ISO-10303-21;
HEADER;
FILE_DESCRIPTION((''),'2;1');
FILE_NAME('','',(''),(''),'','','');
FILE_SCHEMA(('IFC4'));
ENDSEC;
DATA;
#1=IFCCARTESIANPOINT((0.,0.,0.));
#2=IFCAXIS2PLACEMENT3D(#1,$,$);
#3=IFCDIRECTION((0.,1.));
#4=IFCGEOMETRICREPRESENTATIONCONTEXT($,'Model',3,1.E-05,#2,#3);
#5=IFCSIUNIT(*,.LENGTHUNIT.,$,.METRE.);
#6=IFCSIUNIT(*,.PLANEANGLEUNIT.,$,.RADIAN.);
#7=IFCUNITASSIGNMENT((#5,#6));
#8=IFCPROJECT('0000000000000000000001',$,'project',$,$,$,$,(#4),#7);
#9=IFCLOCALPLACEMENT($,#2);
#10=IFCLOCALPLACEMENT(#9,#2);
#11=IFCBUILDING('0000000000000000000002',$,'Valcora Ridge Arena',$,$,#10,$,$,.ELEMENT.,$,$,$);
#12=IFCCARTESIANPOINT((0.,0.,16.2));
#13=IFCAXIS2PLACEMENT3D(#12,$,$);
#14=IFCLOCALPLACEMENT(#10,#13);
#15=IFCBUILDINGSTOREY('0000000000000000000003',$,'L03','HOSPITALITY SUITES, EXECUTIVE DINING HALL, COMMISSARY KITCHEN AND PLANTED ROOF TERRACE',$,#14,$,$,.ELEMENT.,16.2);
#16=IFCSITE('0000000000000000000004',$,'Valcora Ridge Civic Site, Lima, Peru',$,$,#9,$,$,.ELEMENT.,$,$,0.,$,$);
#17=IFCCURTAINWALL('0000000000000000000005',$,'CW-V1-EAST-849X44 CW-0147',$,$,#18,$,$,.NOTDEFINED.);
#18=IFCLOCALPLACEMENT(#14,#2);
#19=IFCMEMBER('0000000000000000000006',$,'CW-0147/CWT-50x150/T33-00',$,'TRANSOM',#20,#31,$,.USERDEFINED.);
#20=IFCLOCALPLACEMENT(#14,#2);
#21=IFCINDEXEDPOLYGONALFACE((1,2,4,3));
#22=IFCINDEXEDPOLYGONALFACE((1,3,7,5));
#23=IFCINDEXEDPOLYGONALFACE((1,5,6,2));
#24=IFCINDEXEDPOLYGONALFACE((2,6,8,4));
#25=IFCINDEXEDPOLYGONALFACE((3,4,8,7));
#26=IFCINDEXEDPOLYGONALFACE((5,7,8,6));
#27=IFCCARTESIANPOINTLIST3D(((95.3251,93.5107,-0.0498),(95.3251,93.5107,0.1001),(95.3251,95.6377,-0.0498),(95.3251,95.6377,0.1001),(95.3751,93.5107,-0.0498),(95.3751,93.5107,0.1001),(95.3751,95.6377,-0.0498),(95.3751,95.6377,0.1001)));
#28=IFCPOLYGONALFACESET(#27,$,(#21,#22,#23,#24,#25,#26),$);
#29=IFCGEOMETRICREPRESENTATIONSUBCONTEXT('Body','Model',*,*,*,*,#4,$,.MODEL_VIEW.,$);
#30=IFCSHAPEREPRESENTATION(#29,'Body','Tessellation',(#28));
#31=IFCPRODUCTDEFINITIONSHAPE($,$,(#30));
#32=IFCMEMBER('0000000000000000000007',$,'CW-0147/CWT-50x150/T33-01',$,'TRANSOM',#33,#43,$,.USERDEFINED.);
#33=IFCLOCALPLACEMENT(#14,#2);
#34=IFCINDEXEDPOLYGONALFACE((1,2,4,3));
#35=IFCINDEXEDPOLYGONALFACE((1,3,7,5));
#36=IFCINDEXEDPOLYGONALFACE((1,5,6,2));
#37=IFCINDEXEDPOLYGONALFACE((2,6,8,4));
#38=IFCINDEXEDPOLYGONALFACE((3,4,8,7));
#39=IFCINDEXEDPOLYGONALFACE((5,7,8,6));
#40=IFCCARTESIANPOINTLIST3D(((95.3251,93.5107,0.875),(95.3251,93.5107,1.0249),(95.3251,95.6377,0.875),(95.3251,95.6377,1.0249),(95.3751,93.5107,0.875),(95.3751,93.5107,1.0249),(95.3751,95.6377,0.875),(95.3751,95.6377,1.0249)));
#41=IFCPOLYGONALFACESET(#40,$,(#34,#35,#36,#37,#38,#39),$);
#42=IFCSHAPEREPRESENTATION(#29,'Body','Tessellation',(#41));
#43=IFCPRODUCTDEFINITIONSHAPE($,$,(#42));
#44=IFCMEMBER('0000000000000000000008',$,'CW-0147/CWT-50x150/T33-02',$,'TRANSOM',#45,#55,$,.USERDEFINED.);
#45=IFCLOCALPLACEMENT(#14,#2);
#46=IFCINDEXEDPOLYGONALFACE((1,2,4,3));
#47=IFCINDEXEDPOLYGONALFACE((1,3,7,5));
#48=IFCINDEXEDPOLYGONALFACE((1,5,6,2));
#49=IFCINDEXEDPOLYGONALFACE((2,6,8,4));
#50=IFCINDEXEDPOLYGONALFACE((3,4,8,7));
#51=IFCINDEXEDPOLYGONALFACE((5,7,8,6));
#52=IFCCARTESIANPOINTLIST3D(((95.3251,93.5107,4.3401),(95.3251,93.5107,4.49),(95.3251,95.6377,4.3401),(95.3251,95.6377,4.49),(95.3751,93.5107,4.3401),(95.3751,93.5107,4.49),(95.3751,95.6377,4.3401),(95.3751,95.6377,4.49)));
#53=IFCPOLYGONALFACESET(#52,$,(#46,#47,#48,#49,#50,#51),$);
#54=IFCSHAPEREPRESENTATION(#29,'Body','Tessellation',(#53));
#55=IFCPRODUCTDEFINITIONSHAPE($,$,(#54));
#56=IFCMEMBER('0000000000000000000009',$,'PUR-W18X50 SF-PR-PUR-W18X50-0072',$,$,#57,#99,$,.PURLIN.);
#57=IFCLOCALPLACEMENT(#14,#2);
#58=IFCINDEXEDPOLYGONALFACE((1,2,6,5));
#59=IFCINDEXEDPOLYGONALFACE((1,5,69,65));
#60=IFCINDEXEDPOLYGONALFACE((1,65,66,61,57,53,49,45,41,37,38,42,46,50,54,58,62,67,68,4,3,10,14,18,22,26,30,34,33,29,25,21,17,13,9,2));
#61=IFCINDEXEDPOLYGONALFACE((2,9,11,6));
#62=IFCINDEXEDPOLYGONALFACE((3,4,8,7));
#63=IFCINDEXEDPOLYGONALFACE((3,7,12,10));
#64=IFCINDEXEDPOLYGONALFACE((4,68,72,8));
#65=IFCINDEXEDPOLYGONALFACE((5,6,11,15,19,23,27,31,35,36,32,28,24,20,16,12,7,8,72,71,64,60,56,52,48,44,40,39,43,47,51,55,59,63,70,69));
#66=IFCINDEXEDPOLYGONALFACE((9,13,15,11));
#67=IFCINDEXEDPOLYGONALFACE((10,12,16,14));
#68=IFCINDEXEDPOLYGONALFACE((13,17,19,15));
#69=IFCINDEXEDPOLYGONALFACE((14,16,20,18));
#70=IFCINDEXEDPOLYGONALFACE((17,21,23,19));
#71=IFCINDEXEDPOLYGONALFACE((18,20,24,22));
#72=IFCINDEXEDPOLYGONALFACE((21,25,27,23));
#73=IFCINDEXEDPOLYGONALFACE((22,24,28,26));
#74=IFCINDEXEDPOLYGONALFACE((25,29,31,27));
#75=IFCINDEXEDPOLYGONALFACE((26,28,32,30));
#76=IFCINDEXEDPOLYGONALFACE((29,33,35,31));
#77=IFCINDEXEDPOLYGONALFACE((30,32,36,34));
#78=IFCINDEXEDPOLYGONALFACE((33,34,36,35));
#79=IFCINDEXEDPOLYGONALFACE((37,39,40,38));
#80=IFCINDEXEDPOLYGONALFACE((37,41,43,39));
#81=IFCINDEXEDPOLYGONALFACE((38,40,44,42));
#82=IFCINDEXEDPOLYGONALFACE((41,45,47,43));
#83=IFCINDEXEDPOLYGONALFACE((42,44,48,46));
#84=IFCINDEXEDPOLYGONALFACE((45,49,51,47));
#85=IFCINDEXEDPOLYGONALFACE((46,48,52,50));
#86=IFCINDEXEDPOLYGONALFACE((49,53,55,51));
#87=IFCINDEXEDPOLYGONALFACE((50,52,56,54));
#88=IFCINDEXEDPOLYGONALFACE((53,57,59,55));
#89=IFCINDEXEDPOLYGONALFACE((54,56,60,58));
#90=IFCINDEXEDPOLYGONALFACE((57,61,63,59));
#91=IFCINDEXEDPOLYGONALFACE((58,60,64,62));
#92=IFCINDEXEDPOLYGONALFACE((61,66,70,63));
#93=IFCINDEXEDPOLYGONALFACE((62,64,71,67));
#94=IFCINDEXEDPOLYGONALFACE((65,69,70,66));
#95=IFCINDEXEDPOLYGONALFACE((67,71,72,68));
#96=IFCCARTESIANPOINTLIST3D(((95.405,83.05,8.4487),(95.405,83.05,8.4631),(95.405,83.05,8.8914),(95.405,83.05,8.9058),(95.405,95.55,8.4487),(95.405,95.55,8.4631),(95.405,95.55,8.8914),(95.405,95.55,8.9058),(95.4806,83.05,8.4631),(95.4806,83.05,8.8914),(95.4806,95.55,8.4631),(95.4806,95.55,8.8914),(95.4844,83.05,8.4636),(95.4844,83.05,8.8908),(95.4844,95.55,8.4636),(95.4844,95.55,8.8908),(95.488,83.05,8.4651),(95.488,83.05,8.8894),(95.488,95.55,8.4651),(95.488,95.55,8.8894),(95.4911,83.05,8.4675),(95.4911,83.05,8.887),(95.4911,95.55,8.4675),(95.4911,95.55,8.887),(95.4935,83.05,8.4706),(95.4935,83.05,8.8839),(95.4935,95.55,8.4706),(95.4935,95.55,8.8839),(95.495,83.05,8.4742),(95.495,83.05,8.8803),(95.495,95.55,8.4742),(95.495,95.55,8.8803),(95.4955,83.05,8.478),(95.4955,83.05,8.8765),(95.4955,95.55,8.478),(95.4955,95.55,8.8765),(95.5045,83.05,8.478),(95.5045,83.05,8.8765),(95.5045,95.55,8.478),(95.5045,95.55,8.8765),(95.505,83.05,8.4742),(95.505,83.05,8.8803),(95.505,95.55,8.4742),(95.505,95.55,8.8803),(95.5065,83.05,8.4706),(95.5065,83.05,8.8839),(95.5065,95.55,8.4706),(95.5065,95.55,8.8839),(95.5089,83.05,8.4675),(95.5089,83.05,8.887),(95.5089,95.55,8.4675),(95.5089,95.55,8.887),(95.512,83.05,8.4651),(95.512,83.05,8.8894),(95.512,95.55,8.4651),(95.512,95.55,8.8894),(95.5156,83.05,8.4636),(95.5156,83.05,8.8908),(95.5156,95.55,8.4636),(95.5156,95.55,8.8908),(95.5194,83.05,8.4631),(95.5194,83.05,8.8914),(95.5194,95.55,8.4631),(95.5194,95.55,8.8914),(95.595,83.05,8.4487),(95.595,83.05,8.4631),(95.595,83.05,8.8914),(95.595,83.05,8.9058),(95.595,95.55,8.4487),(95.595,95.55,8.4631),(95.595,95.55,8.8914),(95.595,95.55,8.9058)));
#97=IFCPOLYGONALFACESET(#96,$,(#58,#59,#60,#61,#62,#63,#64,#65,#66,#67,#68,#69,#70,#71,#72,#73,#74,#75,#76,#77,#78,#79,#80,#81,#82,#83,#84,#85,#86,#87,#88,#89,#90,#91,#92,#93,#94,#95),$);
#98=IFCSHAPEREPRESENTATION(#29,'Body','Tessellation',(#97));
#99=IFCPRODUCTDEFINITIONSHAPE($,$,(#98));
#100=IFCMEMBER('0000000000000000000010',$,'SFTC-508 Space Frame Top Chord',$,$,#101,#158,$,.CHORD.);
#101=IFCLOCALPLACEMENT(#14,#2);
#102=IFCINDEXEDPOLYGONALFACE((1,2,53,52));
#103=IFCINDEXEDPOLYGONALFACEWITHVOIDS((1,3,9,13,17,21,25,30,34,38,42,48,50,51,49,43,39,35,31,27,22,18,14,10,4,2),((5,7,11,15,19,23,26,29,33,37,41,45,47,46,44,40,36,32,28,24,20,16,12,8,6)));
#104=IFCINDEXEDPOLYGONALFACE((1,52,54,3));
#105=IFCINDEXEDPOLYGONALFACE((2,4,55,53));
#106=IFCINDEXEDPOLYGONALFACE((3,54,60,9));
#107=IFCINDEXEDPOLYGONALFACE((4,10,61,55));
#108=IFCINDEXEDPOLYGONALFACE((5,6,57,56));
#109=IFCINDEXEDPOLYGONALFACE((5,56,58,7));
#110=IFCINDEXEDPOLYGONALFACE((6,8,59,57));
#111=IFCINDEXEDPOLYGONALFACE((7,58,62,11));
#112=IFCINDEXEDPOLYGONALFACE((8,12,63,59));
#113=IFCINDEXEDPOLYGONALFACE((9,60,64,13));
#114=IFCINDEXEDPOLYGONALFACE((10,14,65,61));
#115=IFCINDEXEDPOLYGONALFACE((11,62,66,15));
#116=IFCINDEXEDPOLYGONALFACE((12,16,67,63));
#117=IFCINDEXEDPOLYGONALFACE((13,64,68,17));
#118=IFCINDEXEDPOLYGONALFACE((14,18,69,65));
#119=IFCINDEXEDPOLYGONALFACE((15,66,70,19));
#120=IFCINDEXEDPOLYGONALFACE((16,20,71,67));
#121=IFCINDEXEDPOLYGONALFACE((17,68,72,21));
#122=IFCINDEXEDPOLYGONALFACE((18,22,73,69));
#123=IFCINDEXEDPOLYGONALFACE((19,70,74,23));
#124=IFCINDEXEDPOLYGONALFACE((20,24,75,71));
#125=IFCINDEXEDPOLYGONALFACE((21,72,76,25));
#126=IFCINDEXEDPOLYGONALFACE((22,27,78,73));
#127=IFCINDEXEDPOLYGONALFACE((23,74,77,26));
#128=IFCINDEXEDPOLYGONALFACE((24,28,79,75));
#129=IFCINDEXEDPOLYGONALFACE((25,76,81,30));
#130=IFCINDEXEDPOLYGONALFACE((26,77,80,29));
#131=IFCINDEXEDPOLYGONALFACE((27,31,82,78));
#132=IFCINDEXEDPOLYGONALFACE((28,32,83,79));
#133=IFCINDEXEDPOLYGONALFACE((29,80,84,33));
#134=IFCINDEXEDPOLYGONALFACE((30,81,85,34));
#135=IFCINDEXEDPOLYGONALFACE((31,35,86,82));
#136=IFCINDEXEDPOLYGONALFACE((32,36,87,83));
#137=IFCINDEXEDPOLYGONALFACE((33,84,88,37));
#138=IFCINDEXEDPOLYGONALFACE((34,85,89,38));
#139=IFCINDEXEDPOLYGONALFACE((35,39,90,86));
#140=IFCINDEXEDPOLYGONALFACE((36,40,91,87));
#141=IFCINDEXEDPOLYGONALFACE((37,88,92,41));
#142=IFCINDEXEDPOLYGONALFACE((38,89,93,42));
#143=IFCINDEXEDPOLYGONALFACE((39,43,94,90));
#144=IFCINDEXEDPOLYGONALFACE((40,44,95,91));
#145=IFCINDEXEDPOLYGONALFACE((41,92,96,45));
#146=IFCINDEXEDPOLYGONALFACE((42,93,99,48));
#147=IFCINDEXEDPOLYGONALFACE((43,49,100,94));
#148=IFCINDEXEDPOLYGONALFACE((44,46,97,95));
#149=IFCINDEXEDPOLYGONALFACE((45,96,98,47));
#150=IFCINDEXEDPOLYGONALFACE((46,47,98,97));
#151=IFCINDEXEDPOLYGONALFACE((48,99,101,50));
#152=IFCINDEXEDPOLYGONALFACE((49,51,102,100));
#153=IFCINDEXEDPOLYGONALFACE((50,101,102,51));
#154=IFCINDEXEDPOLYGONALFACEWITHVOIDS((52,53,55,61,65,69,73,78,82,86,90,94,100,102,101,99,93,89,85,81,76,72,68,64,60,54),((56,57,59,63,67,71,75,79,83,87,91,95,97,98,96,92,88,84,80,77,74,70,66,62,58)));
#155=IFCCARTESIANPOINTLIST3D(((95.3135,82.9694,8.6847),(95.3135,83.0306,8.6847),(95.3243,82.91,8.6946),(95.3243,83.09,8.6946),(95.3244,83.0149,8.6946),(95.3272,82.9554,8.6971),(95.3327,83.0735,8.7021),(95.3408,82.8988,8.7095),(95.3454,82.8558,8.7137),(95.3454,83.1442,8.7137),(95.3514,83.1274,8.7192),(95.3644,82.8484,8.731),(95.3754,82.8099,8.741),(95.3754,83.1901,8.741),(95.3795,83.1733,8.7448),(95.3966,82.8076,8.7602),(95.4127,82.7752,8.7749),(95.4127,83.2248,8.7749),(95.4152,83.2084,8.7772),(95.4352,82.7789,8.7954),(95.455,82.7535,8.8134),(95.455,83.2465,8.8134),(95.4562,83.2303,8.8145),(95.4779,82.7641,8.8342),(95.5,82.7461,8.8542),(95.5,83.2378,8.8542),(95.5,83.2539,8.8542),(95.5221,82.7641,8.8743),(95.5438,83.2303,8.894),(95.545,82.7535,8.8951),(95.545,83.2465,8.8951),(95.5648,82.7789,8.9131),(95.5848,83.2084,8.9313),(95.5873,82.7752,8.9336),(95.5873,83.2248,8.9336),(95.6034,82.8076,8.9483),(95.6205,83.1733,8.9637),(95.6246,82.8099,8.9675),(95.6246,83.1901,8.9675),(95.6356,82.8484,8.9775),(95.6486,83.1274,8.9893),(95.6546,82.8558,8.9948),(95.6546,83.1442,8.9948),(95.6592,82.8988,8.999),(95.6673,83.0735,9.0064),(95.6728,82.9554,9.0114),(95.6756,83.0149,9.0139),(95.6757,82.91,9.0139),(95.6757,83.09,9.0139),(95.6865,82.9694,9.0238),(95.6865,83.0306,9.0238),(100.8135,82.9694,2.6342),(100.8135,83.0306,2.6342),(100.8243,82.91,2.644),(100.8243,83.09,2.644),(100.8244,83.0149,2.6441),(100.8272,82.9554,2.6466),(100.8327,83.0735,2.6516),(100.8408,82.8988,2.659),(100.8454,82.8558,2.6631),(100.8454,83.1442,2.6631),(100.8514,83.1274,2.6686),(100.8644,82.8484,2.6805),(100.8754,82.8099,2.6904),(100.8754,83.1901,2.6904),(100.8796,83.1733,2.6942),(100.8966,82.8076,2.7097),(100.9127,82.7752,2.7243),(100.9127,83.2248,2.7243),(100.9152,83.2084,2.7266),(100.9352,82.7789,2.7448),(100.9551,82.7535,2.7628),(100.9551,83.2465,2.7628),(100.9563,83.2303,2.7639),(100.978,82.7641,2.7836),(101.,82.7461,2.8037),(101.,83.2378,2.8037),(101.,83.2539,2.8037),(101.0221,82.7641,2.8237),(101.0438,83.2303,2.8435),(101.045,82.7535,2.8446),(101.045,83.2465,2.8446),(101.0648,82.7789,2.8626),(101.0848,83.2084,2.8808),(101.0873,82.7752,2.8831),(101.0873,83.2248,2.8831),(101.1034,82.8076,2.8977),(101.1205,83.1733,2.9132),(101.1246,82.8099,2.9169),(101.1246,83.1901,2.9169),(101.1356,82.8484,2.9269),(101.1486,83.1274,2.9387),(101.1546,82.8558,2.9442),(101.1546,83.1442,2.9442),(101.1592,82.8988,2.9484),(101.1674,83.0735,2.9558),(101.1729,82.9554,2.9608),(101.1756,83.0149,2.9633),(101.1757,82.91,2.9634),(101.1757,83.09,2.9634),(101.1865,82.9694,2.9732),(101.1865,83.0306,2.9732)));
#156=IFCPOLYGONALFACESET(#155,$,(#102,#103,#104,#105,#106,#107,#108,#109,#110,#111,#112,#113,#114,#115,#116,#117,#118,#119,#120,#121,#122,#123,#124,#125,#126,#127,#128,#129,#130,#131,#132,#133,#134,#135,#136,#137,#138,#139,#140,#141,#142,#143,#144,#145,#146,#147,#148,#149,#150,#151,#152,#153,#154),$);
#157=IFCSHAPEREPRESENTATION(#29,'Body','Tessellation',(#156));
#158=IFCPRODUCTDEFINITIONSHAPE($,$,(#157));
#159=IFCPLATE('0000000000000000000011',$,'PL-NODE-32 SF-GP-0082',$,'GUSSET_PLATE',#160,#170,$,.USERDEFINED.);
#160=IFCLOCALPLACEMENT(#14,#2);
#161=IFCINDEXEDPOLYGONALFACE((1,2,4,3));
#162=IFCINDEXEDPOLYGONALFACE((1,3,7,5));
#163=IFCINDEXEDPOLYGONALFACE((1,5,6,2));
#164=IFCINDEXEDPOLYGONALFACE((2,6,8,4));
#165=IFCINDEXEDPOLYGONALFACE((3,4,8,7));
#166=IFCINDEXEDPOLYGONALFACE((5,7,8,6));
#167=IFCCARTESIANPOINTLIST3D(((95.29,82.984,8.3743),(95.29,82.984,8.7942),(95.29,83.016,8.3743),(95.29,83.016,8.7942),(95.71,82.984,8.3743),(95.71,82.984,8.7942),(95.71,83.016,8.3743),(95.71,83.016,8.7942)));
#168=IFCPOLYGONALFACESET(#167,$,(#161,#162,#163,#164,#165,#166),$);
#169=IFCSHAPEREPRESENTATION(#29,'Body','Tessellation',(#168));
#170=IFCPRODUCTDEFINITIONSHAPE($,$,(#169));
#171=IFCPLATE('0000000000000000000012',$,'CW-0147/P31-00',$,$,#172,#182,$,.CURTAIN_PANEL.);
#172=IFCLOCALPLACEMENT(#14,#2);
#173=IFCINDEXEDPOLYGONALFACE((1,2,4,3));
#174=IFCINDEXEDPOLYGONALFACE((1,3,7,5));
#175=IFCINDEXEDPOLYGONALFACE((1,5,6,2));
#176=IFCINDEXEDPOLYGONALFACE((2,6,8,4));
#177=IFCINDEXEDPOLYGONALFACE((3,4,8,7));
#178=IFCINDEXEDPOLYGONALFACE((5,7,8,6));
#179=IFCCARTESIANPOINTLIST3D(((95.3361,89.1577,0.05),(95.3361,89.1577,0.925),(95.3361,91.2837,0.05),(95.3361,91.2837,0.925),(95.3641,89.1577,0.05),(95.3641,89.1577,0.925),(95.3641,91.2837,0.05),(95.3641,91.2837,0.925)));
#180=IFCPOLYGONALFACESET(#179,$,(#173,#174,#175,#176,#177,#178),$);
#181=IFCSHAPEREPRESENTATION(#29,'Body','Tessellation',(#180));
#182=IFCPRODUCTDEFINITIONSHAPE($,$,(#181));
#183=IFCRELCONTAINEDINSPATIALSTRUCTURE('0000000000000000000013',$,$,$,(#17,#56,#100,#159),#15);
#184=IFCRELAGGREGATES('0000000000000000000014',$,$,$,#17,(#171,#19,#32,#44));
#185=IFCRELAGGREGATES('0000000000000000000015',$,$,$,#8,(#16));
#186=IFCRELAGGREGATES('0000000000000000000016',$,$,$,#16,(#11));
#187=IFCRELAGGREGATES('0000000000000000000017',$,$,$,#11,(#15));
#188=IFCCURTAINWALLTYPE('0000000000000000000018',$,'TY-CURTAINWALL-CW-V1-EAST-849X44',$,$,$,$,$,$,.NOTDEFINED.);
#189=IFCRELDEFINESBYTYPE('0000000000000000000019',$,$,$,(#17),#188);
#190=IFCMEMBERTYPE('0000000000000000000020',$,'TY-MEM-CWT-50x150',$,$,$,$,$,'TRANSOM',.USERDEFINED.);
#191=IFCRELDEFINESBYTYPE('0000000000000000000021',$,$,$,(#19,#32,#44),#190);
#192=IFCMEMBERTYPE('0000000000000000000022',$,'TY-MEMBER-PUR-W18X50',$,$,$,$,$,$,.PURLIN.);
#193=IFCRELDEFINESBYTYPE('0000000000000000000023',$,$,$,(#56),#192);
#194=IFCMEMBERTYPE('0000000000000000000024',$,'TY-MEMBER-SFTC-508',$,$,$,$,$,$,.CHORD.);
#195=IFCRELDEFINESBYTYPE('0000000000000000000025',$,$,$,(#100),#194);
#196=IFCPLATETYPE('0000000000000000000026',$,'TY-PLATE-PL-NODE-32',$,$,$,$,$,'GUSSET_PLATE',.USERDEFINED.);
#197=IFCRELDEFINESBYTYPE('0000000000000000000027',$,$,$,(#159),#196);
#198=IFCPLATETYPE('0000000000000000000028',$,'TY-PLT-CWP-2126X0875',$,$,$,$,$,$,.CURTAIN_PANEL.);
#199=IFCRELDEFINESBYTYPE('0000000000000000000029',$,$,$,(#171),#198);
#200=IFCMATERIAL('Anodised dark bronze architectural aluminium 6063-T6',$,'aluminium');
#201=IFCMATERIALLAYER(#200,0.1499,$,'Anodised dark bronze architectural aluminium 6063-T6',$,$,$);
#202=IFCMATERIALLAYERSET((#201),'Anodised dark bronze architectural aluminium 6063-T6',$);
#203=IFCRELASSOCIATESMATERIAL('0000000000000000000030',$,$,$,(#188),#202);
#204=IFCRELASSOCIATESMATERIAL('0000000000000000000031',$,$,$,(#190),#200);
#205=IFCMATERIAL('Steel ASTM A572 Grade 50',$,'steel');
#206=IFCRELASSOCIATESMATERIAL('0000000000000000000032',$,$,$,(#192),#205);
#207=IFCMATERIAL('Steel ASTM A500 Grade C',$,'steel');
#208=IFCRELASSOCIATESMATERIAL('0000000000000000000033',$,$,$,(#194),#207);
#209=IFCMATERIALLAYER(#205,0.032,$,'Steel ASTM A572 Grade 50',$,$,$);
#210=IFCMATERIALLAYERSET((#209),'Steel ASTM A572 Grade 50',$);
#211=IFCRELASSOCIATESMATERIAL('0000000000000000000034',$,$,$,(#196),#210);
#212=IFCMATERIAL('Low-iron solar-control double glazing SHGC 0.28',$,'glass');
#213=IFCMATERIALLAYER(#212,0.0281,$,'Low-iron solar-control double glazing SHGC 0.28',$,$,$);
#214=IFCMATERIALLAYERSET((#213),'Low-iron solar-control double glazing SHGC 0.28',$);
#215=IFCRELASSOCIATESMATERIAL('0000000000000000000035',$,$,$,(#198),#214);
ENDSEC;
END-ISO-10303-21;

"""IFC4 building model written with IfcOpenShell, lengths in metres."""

from ifc_helpers import new_model, si_unit, direction, frame, origin, origin_2d, place, context, subcontext, project, spatial, rectangle, hollow_circle, i_section, extrude, material, layer, layer_set, material_profile, profile_set, type_object, element, aggregate, save


model = new_model("IFC4")

# Units and contexts
model_context = context("Model", 3, precision=1e-05, world=origin(), true_north=direction((0.0, 1.0)))
body_context = subcontext(model_context, "Body", "Model", "MODEL_VIEW")
ifc_project = project(units=[si_unit("LENGTHUNIT", "METRE"), si_unit("PLANEANGLEUNIT", "RADIAN")], contexts=[model_context])

# Site, building, storey
site_placement = place(None, origin())
site = spatial("IfcSite", under=ifc_project, at=site_placement, Name="Valcora Ridge Civic Site, Lima, Peru", CompositionType="ELEMENT", RefElevation=0.0)
building_placement = place(site_placement, origin())
building = spatial("IfcBuilding", under=site, at=building_placement, Name="Valcora Ridge Arena", CompositionType="ELEMENT")
storey_placement = place(building_placement, frame((0.0, 0.0, 16.2)))
storey = spatial("IfcBuildingStorey", under=building, at=storey_placement, Name="L03", Description="HOSPITALITY SUITES, EXECUTIVE DINING HALL, COMMISSARY KITCHEN AND PLANTED ROOF TERRACE", CompositionType="ELEMENT", Elevation=16.2)

# Curtain wall, members
ifc_material_1 = material(Name="Anodised dark bronze architectural aluminium 6063-T6", Category="aluminium")
ifc_layer_1 = layer(ifc_material_1, 0.1499, Name="Anodised dark bronze architectural aluminium 6063-T6")
ifc_layer_set_1 = layer_set([ifc_layer_1], Name="Anodised dark bronze architectural aluminium 6063-T6")
curtain_wall_type = type_object("IfcCurtainWallType", Name="TY-CURTAINWALL-CW-V1-EAST-849X44", PredefinedType="NOTDEFINED", material=ifc_layer_set_1)
curtain_wall_placement = place(storey_placement, origin())
curtain_wall = element("IfcCurtainWall", 1, at=curtain_wall_placement, inside=storey, type_object=curtain_wall_type, Name="CW-V1-EAST-849X44 CW-0147", PredefinedType="NOTDEFINED")
ifc_material_profile_1 = material_profile(ifc_material_1, rectangle(XDim=0.05, YDim=0.1499, at=origin_2d()), Name="ALU TRANSOM 50x150")
ifc_profile_set_1 = profile_set([ifc_material_profile_1], Name="Anodised dark bronze architectural aluminium 6063-T6")
member_type_1 = type_object("IfcMemberType", Name="TY-MEM-CWT-50x150", ElementType="TRANSOM", PredefinedType="USERDEFINED", material=ifc_profile_set_1)
member_1_placement = place(storey_placement, frame((95.3501, 93.5107, 0.0251), z_axis=(0.0, 1.0, 0.0), x_axis=(-1.0, 0.0, 0.0)))
member_1 = element("IfcMember", 2, at=member_1_placement, type_object=member_type_1, Name="CW-0147/CWT-50x150/T33-00", ObjectType="TRANSOM", PredefinedType="USERDEFINED", context=body_context, shape_type="SweptSolid", body=[
    extrude(rectangle(XDim=0.05, YDim=0.1499, at=origin_2d()), origin(), (0.0, 0.0, 1.0), 2.127),
])
member_2_placement = place(storey_placement, frame((95.3501, 93.5107, 0.95), z_axis=(0.0, 1.0, 0.0), x_axis=(-1.0, 0.0, 0.0)))
member_2 = element("IfcMember", 3, at=member_2_placement, type_object=member_type_1, Name="CW-0147/CWT-50x150/T33-01", ObjectType="TRANSOM", PredefinedType="USERDEFINED", context=body_context, shape_type="SweptSolid", body=[
    extrude(rectangle(XDim=0.05, YDim=0.1499, at=origin_2d()), origin(), (0.0, 0.0, 1.0), 2.127),
])
member_3_placement = place(storey_placement, frame((95.3501, 93.5107, 4.415), z_axis=(0.0, 1.0, 0.0), x_axis=(-1.0, 0.0, 0.0)))
member_3 = element("IfcMember", 4, at=member_3_placement, type_object=member_type_1, Name="CW-0147/CWT-50x150/T33-02", ObjectType="TRANSOM", PredefinedType="USERDEFINED", context=body_context, shape_type="SweptSolid", body=[
    extrude(rectangle(XDim=0.05, YDim=0.1499, at=origin_2d()), origin(), (0.0, 0.0, 1.0), 2.127),
])

# Members
ifc_material_2 = material(Name="Steel ASTM A572 Grade 50", Category="steel")
ifc_material_profile_2 = material_profile(ifc_material_2, i_section(OverallWidth=0.1899, OverallDepth=0.457, WebThickness=0.009, FlangeThickness=0.0144, FilletRadius=0.0149, at=origin_2d()), Name="W18X50")
ifc_profile_set_2 = profile_set([ifc_material_profile_2], Name="Steel ASTM A572 Grade 50")
member_type_2 = type_object("IfcMemberType", Name="TY-MEMBER-PUR-W18X50", PredefinedType="PURLIN", material=ifc_profile_set_2)
member_4_placement = place(storey_placement, frame((95.5, 83.05, 8.6772), z_axis=(0.0, 1.0, 0.0), x_axis=(-1.0, 0.0, 0.0)))
element("IfcMember", 5, at=member_4_placement, inside=storey, type_object=member_type_2, Name="PUR-W18X50 SF-PR-PUR-W18X50-0072", PredefinedType="PURLIN", context=body_context, shape_type="SweptSolid", body=[
    extrude(i_section(OverallWidth=0.1899, OverallDepth=0.457, WebThickness=0.009, FlangeThickness=0.0144, FilletRadius=0.0149, at=origin_2d()), origin(), (0.0, 0.0, 1.0), 12.5),
])
ifc_material_3 = material(Name="Steel ASTM A500 Grade C", Category="steel")
ifc_material_profile_3 = material_profile(ifc_material_3, hollow_circle(Radius=0.2539, WallThickness=0.0161, at=origin_2d()), Name="CHS508X16")
ifc_profile_set_3 = profile_set([ifc_material_profile_3], Name="Steel ASTM A500 Grade C")
member_type_3 = type_object("IfcMemberType", Name="TY-MEMBER-SFTC-508", PredefinedType="CHORD", material=ifc_profile_set_3)
member_5_placement = place(storey_placement, frame((95.5, 83.0, 8.8542), z_axis=(0.67264, 0.0, -0.73997), x_axis=(0.0, 1.0, 0.0)))
element("IfcMember", 6, at=member_5_placement, inside=storey, type_object=member_type_3, Name="SFTC-508 Space Frame Top Chord", PredefinedType="CHORD", context=body_context, shape_type="SweptSolid", body=[
    extrude(hollow_circle(Radius=0.2539, WallThickness=0.0161, at=origin_2d()), origin(), (0.0, 0.0, 1.0), 8.1768),
])

# Plates
ifc_layer_2 = layer(ifc_material_2, 0.032, Name="Steel ASTM A572 Grade 50")
ifc_layer_set_2 = layer_set([ifc_layer_2], Name="Steel ASTM A572 Grade 50")
plate_type_1 = type_object("IfcPlateType", Name="TY-PLATE-PL-NODE-32", ElementType="GUSSET_PLATE", PredefinedType="USERDEFINED", material=ifc_layer_set_2)
plate_1_placement = place(storey_placement, frame((95.5, 83.0, 8.3743), z_axis=(0.0, 0.0, 1.0), x_axis=(1.0, 0.0, 0.0)))
element("IfcPlate", 7, at=plate_1_placement, inside=storey, type_object=plate_type_1, Name="PL-NODE-32 SF-GP-0082", ObjectType="GUSSET_PLATE", PredefinedType="USERDEFINED", context=body_context, shape_type="SweptSolid", body=[
    extrude(rectangle(XDim=0.4199, YDim=0.032, at=origin_2d()), origin(), (0.0, 0.0, 1.0), 0.4199),
])
ifc_material_4 = material(Name="Low-iron solar-control double glazing SHGC 0.28", Category="glass")
ifc_layer_3 = layer(ifc_material_4, 0.0281, Name="Low-iron solar-control double glazing SHGC 0.28")
ifc_layer_set_3 = layer_set([ifc_layer_3], Name="Low-iron solar-control double glazing SHGC 0.28")
plate_type_2 = type_object("IfcPlateType", Name="TY-PLT-CWP-2126X0875", PredefinedType="CURTAIN_PANEL", material=ifc_layer_set_3)
plate_2_placement = place(storey_placement, frame((95.3501, 90.2207, 0.05), z_axis=(0.0, 0.0, 1.0), x_axis=(0.0, 1.0, 0.0)))
plate_2 = element("IfcPlate", 8, at=plate_2_placement, type_object=plate_type_2, Name="CW-0147/P31-00", PredefinedType="CURTAIN_PANEL", context=body_context, shape_type="SweptSolid", body=[
    extrude(rectangle(XDim=2.126, YDim=0.0281, at=origin_2d()), origin(), (0.0, 0.0, 1.0), 0.875),
])
aggregate(curtain_wall, [plate_2, member_1, member_2, member_3])

save(model, "model.ifc")
